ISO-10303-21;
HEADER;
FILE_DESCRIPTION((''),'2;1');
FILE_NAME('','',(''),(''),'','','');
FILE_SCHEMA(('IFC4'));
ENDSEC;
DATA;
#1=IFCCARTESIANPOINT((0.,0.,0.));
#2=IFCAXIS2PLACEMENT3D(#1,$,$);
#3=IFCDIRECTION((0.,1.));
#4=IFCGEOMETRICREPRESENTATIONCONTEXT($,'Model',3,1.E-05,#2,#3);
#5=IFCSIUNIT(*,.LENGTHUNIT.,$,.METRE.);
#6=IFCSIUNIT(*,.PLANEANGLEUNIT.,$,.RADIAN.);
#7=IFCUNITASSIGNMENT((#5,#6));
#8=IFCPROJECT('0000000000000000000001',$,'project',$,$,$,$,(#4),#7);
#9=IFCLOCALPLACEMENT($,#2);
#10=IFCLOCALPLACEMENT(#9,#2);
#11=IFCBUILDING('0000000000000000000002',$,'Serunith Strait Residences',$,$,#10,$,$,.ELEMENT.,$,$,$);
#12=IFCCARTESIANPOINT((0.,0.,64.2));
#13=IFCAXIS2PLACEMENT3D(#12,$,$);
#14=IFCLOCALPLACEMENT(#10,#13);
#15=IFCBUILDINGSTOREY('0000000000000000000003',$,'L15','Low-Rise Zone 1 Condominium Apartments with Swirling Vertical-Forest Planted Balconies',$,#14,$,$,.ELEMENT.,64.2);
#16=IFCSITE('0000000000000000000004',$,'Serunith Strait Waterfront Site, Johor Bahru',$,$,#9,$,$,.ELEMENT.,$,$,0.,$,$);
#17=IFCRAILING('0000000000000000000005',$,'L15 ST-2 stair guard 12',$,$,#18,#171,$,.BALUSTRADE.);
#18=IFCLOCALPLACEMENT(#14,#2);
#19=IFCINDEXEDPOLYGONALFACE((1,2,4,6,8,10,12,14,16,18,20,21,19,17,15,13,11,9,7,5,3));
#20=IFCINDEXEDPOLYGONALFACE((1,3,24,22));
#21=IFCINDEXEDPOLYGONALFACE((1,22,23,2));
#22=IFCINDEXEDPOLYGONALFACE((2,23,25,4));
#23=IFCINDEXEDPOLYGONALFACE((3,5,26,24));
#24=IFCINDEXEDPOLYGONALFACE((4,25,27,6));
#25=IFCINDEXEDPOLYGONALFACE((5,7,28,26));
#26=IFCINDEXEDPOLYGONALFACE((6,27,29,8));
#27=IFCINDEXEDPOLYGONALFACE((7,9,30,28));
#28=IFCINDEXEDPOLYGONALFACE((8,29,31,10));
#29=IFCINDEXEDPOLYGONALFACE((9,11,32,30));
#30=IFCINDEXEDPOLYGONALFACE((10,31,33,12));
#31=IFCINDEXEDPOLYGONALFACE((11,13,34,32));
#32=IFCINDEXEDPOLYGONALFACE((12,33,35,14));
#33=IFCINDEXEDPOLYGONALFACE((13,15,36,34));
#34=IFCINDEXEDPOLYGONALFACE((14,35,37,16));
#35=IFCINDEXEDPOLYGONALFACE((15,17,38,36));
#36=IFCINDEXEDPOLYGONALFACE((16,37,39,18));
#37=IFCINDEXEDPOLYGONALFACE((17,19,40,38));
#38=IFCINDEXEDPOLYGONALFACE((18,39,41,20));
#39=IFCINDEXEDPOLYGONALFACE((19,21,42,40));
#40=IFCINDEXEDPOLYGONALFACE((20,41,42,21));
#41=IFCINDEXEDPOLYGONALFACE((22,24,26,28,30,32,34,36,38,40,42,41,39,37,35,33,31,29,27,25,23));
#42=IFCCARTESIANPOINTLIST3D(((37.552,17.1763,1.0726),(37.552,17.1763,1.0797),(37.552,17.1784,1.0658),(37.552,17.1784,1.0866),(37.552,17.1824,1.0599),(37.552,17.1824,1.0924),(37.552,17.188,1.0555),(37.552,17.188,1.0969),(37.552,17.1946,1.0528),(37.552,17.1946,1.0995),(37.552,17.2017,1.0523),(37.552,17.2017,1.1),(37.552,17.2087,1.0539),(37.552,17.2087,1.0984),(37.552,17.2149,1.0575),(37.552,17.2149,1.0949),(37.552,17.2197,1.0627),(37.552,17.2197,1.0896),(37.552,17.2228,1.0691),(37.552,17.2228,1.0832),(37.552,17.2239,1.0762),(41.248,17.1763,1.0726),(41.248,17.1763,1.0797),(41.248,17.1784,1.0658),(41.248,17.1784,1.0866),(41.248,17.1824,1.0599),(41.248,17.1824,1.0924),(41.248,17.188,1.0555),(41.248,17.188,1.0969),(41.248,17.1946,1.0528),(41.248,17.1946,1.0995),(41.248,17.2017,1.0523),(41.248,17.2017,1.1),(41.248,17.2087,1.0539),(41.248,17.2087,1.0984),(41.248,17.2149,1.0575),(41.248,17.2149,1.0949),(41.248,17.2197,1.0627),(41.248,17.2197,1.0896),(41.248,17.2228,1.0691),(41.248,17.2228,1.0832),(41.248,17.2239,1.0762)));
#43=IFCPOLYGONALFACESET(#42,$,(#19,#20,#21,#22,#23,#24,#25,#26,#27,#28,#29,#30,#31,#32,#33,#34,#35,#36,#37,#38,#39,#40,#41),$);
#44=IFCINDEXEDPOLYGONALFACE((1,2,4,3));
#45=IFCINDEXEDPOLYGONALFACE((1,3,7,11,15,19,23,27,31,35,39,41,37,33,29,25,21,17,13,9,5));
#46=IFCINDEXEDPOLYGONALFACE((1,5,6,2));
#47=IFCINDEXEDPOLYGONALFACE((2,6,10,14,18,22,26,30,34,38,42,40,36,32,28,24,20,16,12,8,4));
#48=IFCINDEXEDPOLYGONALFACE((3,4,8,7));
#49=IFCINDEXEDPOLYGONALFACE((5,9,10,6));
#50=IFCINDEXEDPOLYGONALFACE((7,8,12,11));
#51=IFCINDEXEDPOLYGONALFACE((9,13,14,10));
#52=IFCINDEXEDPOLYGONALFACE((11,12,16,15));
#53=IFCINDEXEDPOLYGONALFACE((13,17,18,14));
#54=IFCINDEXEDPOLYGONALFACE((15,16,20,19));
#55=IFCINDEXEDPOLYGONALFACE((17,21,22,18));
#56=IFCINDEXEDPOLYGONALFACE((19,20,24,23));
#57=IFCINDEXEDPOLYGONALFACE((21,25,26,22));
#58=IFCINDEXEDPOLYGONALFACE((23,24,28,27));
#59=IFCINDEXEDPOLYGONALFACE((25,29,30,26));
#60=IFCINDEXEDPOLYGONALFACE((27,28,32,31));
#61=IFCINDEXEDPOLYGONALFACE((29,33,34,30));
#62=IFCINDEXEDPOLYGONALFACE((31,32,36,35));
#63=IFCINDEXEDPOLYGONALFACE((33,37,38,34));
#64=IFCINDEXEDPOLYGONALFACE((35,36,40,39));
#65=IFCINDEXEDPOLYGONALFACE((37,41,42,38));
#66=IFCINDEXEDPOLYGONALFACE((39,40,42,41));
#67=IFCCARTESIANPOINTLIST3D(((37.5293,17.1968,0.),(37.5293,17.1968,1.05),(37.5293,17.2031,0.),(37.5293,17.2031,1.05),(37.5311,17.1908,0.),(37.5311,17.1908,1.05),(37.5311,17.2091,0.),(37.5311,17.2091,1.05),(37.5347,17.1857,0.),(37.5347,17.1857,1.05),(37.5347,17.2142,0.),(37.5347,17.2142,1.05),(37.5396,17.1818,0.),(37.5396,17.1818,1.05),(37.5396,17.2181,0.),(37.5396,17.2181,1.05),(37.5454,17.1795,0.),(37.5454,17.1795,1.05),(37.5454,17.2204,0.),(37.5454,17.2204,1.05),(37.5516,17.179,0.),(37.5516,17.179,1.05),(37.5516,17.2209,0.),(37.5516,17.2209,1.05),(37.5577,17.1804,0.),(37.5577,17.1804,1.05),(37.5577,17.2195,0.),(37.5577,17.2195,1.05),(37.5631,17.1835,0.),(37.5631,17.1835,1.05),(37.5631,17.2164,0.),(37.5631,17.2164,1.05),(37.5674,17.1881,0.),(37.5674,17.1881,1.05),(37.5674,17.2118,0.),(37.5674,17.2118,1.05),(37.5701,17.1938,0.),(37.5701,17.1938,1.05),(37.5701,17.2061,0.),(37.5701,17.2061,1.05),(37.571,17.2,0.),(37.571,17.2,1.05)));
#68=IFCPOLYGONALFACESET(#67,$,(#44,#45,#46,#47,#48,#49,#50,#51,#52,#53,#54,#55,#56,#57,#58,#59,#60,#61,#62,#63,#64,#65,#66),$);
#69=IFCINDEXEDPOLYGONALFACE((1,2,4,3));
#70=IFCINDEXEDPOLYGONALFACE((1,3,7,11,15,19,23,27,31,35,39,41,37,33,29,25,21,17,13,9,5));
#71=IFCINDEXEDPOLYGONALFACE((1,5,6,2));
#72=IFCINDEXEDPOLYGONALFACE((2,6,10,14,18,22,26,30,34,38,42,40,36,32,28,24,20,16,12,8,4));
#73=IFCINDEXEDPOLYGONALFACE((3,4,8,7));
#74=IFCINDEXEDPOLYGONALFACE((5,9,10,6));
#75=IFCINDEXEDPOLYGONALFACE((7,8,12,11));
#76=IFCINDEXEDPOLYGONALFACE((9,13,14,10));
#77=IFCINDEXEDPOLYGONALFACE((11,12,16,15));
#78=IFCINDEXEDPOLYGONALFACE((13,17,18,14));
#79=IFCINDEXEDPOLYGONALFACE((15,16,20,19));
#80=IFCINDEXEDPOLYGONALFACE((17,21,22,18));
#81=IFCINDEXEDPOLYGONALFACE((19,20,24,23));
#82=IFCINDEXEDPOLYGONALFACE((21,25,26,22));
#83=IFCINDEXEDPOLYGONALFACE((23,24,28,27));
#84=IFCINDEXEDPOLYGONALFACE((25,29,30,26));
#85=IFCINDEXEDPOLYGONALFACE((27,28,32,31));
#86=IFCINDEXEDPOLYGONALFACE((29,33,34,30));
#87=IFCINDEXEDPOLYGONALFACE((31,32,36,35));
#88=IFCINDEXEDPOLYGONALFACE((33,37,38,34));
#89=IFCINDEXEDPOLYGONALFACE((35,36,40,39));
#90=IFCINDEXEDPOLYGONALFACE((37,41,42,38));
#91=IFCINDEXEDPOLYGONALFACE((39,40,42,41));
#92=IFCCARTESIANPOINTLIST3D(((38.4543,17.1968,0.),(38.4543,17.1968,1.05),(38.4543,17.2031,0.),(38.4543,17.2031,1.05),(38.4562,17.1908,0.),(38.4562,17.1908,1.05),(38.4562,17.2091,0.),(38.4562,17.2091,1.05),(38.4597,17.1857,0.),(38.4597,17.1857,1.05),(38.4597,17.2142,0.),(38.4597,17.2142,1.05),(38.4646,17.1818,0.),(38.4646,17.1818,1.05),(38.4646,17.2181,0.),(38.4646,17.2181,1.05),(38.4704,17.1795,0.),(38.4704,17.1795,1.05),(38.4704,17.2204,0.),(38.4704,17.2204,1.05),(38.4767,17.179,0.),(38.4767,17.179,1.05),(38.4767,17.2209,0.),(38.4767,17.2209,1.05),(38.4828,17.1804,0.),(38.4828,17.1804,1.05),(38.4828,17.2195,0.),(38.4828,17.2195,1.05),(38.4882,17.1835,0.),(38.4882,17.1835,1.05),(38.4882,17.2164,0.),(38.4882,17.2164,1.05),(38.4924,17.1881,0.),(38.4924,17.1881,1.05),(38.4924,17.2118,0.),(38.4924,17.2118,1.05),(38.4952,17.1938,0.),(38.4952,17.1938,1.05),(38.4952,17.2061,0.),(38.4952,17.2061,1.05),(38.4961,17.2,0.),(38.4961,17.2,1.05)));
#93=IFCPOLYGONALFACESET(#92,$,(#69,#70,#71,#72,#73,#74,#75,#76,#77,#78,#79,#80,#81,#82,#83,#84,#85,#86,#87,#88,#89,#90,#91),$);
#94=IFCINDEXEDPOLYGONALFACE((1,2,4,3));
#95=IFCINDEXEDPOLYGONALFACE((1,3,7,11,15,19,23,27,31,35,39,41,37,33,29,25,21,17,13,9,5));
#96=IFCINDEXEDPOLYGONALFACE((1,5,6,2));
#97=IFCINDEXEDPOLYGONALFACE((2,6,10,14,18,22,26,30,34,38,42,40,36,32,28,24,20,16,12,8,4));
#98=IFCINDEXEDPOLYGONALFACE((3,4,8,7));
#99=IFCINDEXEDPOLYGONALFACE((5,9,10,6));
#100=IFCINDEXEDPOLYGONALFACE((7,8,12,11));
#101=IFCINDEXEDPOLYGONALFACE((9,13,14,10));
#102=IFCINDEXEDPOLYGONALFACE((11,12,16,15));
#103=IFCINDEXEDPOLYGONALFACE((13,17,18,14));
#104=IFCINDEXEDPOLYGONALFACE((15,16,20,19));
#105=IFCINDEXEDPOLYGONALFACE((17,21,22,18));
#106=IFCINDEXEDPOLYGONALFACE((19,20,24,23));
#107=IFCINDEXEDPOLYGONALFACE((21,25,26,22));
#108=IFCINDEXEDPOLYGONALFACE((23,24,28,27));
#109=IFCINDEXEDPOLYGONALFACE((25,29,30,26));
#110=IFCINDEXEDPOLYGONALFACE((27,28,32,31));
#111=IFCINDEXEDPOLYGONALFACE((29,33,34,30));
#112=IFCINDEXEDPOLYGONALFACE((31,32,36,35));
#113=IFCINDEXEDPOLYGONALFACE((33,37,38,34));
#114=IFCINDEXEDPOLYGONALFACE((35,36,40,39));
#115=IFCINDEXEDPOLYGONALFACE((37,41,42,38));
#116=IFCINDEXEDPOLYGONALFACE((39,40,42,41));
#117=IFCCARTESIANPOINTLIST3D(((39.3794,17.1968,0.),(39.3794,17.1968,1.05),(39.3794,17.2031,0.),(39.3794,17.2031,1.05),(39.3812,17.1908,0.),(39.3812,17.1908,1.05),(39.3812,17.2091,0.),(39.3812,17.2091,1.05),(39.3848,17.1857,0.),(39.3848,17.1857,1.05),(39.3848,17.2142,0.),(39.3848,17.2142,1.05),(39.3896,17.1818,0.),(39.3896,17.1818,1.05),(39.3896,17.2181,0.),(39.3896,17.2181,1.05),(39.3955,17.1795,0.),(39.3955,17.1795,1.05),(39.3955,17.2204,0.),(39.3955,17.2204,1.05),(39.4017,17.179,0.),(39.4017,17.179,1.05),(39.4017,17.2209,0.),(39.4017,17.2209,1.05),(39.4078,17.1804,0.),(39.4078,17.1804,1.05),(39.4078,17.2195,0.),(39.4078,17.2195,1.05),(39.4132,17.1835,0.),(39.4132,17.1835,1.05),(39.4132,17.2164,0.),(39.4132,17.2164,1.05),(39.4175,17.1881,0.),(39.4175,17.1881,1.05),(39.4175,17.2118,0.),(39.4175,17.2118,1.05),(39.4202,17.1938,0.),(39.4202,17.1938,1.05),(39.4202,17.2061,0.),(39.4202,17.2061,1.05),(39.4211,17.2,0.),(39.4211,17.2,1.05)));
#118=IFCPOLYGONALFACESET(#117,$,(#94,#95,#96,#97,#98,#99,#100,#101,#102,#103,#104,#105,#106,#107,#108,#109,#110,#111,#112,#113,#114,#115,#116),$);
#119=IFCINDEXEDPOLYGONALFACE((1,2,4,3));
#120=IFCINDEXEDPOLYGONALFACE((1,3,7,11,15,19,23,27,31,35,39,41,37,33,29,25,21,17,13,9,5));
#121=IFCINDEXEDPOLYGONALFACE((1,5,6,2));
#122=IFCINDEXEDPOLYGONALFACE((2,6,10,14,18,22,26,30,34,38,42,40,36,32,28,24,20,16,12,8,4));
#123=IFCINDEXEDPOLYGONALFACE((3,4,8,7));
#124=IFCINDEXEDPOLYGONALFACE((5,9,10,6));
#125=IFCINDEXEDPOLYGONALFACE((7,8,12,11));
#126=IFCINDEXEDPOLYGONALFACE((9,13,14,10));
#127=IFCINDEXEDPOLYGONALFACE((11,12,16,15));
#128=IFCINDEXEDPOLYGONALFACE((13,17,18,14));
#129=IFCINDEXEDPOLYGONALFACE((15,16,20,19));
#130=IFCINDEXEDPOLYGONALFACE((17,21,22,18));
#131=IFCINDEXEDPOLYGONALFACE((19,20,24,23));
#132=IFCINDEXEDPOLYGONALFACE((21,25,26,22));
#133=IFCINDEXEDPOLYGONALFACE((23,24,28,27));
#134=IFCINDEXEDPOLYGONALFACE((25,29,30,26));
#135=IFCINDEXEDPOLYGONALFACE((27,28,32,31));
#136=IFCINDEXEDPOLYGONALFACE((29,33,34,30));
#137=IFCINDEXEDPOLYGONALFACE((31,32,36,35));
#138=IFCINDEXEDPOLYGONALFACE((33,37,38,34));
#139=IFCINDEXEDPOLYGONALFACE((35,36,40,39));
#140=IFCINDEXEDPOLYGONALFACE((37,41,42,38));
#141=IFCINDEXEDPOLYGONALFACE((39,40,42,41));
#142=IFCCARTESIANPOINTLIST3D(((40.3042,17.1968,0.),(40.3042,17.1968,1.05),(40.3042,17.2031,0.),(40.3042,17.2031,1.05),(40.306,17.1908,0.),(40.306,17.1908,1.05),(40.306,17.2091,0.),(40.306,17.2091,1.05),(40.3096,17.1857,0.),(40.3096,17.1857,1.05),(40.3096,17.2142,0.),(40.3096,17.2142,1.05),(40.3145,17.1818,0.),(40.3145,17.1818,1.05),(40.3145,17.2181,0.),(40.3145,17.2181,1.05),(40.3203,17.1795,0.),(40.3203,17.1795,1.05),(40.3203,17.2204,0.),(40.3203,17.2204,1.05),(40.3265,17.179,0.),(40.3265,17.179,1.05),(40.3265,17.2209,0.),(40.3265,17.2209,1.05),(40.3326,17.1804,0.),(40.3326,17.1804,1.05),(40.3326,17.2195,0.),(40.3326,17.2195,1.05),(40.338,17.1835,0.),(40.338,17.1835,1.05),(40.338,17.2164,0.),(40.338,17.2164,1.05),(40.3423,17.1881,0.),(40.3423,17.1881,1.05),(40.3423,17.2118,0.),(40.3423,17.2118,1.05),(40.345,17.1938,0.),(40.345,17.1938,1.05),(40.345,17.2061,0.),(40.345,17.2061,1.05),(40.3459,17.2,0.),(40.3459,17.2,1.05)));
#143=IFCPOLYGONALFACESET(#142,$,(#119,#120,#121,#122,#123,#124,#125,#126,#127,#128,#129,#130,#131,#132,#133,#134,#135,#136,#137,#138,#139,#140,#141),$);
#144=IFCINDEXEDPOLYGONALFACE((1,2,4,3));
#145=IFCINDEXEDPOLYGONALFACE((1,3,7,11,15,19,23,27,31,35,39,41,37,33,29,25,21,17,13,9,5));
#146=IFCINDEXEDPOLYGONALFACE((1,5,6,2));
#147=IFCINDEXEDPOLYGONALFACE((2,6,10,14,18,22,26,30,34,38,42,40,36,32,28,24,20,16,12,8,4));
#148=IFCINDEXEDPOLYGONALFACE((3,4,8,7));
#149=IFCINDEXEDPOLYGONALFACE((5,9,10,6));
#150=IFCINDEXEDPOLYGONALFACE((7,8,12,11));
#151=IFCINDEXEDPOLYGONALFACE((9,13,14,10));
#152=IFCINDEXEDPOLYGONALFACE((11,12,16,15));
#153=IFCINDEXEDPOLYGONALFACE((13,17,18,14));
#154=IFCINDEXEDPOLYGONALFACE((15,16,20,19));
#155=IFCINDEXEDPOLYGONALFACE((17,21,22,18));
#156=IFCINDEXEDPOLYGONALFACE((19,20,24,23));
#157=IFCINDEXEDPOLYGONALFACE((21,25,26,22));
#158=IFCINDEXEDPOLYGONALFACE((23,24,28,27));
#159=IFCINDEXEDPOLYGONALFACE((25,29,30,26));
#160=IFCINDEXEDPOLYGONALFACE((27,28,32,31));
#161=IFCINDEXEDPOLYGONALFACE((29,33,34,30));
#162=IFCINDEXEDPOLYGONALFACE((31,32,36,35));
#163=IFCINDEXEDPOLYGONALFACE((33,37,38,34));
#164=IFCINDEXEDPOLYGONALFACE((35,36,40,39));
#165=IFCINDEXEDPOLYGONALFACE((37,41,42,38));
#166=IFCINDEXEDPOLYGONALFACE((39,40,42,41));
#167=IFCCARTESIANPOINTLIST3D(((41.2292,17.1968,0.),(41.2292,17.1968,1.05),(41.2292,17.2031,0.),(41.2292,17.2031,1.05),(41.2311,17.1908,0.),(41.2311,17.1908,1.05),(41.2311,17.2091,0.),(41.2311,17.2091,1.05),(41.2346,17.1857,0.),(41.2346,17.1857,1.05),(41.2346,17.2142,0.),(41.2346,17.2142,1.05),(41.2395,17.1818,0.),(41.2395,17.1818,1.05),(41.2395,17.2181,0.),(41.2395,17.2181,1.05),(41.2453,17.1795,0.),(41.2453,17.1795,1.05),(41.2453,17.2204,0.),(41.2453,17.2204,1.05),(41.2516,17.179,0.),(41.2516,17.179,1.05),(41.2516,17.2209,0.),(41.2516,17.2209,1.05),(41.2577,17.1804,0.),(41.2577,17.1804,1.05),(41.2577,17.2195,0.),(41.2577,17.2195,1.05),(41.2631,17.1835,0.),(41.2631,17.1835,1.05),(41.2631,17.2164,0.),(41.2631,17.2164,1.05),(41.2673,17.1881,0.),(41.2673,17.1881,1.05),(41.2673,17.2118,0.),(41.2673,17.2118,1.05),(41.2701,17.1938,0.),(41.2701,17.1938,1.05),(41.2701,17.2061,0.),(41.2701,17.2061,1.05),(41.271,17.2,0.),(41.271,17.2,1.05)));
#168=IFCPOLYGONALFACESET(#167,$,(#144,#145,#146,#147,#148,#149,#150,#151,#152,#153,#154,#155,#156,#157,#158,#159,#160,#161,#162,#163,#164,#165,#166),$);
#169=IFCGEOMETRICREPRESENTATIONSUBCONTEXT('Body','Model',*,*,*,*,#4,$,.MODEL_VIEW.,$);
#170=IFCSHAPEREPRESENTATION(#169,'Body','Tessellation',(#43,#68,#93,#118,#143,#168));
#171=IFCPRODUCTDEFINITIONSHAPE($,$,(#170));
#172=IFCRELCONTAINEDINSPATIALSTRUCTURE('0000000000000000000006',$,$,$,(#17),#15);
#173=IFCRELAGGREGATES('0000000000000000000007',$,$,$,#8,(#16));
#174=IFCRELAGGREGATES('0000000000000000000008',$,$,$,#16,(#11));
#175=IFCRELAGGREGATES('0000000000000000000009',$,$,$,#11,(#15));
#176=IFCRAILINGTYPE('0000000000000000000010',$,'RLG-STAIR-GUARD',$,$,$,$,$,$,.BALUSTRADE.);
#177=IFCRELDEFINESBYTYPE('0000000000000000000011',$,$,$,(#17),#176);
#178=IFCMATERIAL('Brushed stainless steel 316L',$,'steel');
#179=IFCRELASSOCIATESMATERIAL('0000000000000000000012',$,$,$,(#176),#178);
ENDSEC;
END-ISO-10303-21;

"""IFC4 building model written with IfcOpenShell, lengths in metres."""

from ifc_helpers import new_model, si_unit, direction, frame, origin, origin_2d, place, context, subcontext, project, spatial, circle, extrude, material, type_object, element, save


model = new_model("IFC4")

# Units and contexts
model_context = context("Model", 3, precision=1e-05, world=origin(), true_north=direction((0.0, 1.0)))
body_context = subcontext(model_context, "Body", "Model", "MODEL_VIEW")
ifc_project = project(units=[si_unit("LENGTHUNIT", "METRE"), si_unit("PLANEANGLEUNIT", "RADIAN")], contexts=[model_context])

# Site, building, storey
site_placement = place(None, origin())
site = spatial("IfcSite", under=ifc_project, at=site_placement, Name="Serunith Strait Waterfront Site, Johor Bahru", CompositionType="ELEMENT", RefElevation=0.0)
building_placement = place(site_placement, origin())
building = spatial("IfcBuilding", under=site, at=building_placement, Name="Serunith Strait Residences", CompositionType="ELEMENT")
storey_placement = place(building_placement, frame((0.0, 0.0, 64.2)))
storey = spatial("IfcBuildingStorey", under=building, at=storey_placement, Name="L15", Description="Low-Rise Zone 1 Condominium Apartments with Swirling Vertical-Forest Planted Balconies", CompositionType="ELEMENT", Elevation=64.2)

# Railing
ifc_material_1 = material(Name="Brushed stainless steel 316L", Category="steel")
railing_type_1 = type_object("IfcRailingType", Name="RLG-STAIR-GUARD", PredefinedType="BALUSTRADE", material=ifc_material_1)
railing_1_placement = place(storey_placement, frame((37.55, 17.2, 0.0)))
element("IfcRailing", 1, at=railing_1_placement, inside=storey, type_object=railing_type_1, Name="L15 ST-2 stair guard 12", PredefinedType="BALUSTRADE", context=body_context, shape_type="SweptSolid", body=[
    extrude(circle(Radius=0.0239, at=origin_2d()), frame((0.002, 0.0, 1.0762), z_axis=(1.0, 0.0, 0.0), x_axis=(0.0, 1.0, 0.0)), (0.0, 0.0, 1.0), 3.696),
    extrude(circle(Radius=0.021, at=origin_2d()), origin(), (0.0, 0.0, 1.0), 1.05),
    extrude(circle(Radius=0.021, at=origin_2d()), frame((0.925, 0.0, 0.0)), (0.0, 0.0, 1.0), 1.05),
    extrude(circle(Radius=0.021, at=origin_2d()), frame((1.8501, 0.0, 0.0)), (0.0, 0.0, 1.0), 1.05),
    extrude(circle(Radius=0.021, at=origin_2d()), frame((2.7749, 0.0, 0.0)), (0.0, 0.0, 1.0), 1.05),
    extrude(circle(Radius=0.021, at=origin_2d()), frame((3.7, 0.0, 0.0)), (0.0, 0.0, 1.0), 1.05),
])

save(model, "model.ifc")
